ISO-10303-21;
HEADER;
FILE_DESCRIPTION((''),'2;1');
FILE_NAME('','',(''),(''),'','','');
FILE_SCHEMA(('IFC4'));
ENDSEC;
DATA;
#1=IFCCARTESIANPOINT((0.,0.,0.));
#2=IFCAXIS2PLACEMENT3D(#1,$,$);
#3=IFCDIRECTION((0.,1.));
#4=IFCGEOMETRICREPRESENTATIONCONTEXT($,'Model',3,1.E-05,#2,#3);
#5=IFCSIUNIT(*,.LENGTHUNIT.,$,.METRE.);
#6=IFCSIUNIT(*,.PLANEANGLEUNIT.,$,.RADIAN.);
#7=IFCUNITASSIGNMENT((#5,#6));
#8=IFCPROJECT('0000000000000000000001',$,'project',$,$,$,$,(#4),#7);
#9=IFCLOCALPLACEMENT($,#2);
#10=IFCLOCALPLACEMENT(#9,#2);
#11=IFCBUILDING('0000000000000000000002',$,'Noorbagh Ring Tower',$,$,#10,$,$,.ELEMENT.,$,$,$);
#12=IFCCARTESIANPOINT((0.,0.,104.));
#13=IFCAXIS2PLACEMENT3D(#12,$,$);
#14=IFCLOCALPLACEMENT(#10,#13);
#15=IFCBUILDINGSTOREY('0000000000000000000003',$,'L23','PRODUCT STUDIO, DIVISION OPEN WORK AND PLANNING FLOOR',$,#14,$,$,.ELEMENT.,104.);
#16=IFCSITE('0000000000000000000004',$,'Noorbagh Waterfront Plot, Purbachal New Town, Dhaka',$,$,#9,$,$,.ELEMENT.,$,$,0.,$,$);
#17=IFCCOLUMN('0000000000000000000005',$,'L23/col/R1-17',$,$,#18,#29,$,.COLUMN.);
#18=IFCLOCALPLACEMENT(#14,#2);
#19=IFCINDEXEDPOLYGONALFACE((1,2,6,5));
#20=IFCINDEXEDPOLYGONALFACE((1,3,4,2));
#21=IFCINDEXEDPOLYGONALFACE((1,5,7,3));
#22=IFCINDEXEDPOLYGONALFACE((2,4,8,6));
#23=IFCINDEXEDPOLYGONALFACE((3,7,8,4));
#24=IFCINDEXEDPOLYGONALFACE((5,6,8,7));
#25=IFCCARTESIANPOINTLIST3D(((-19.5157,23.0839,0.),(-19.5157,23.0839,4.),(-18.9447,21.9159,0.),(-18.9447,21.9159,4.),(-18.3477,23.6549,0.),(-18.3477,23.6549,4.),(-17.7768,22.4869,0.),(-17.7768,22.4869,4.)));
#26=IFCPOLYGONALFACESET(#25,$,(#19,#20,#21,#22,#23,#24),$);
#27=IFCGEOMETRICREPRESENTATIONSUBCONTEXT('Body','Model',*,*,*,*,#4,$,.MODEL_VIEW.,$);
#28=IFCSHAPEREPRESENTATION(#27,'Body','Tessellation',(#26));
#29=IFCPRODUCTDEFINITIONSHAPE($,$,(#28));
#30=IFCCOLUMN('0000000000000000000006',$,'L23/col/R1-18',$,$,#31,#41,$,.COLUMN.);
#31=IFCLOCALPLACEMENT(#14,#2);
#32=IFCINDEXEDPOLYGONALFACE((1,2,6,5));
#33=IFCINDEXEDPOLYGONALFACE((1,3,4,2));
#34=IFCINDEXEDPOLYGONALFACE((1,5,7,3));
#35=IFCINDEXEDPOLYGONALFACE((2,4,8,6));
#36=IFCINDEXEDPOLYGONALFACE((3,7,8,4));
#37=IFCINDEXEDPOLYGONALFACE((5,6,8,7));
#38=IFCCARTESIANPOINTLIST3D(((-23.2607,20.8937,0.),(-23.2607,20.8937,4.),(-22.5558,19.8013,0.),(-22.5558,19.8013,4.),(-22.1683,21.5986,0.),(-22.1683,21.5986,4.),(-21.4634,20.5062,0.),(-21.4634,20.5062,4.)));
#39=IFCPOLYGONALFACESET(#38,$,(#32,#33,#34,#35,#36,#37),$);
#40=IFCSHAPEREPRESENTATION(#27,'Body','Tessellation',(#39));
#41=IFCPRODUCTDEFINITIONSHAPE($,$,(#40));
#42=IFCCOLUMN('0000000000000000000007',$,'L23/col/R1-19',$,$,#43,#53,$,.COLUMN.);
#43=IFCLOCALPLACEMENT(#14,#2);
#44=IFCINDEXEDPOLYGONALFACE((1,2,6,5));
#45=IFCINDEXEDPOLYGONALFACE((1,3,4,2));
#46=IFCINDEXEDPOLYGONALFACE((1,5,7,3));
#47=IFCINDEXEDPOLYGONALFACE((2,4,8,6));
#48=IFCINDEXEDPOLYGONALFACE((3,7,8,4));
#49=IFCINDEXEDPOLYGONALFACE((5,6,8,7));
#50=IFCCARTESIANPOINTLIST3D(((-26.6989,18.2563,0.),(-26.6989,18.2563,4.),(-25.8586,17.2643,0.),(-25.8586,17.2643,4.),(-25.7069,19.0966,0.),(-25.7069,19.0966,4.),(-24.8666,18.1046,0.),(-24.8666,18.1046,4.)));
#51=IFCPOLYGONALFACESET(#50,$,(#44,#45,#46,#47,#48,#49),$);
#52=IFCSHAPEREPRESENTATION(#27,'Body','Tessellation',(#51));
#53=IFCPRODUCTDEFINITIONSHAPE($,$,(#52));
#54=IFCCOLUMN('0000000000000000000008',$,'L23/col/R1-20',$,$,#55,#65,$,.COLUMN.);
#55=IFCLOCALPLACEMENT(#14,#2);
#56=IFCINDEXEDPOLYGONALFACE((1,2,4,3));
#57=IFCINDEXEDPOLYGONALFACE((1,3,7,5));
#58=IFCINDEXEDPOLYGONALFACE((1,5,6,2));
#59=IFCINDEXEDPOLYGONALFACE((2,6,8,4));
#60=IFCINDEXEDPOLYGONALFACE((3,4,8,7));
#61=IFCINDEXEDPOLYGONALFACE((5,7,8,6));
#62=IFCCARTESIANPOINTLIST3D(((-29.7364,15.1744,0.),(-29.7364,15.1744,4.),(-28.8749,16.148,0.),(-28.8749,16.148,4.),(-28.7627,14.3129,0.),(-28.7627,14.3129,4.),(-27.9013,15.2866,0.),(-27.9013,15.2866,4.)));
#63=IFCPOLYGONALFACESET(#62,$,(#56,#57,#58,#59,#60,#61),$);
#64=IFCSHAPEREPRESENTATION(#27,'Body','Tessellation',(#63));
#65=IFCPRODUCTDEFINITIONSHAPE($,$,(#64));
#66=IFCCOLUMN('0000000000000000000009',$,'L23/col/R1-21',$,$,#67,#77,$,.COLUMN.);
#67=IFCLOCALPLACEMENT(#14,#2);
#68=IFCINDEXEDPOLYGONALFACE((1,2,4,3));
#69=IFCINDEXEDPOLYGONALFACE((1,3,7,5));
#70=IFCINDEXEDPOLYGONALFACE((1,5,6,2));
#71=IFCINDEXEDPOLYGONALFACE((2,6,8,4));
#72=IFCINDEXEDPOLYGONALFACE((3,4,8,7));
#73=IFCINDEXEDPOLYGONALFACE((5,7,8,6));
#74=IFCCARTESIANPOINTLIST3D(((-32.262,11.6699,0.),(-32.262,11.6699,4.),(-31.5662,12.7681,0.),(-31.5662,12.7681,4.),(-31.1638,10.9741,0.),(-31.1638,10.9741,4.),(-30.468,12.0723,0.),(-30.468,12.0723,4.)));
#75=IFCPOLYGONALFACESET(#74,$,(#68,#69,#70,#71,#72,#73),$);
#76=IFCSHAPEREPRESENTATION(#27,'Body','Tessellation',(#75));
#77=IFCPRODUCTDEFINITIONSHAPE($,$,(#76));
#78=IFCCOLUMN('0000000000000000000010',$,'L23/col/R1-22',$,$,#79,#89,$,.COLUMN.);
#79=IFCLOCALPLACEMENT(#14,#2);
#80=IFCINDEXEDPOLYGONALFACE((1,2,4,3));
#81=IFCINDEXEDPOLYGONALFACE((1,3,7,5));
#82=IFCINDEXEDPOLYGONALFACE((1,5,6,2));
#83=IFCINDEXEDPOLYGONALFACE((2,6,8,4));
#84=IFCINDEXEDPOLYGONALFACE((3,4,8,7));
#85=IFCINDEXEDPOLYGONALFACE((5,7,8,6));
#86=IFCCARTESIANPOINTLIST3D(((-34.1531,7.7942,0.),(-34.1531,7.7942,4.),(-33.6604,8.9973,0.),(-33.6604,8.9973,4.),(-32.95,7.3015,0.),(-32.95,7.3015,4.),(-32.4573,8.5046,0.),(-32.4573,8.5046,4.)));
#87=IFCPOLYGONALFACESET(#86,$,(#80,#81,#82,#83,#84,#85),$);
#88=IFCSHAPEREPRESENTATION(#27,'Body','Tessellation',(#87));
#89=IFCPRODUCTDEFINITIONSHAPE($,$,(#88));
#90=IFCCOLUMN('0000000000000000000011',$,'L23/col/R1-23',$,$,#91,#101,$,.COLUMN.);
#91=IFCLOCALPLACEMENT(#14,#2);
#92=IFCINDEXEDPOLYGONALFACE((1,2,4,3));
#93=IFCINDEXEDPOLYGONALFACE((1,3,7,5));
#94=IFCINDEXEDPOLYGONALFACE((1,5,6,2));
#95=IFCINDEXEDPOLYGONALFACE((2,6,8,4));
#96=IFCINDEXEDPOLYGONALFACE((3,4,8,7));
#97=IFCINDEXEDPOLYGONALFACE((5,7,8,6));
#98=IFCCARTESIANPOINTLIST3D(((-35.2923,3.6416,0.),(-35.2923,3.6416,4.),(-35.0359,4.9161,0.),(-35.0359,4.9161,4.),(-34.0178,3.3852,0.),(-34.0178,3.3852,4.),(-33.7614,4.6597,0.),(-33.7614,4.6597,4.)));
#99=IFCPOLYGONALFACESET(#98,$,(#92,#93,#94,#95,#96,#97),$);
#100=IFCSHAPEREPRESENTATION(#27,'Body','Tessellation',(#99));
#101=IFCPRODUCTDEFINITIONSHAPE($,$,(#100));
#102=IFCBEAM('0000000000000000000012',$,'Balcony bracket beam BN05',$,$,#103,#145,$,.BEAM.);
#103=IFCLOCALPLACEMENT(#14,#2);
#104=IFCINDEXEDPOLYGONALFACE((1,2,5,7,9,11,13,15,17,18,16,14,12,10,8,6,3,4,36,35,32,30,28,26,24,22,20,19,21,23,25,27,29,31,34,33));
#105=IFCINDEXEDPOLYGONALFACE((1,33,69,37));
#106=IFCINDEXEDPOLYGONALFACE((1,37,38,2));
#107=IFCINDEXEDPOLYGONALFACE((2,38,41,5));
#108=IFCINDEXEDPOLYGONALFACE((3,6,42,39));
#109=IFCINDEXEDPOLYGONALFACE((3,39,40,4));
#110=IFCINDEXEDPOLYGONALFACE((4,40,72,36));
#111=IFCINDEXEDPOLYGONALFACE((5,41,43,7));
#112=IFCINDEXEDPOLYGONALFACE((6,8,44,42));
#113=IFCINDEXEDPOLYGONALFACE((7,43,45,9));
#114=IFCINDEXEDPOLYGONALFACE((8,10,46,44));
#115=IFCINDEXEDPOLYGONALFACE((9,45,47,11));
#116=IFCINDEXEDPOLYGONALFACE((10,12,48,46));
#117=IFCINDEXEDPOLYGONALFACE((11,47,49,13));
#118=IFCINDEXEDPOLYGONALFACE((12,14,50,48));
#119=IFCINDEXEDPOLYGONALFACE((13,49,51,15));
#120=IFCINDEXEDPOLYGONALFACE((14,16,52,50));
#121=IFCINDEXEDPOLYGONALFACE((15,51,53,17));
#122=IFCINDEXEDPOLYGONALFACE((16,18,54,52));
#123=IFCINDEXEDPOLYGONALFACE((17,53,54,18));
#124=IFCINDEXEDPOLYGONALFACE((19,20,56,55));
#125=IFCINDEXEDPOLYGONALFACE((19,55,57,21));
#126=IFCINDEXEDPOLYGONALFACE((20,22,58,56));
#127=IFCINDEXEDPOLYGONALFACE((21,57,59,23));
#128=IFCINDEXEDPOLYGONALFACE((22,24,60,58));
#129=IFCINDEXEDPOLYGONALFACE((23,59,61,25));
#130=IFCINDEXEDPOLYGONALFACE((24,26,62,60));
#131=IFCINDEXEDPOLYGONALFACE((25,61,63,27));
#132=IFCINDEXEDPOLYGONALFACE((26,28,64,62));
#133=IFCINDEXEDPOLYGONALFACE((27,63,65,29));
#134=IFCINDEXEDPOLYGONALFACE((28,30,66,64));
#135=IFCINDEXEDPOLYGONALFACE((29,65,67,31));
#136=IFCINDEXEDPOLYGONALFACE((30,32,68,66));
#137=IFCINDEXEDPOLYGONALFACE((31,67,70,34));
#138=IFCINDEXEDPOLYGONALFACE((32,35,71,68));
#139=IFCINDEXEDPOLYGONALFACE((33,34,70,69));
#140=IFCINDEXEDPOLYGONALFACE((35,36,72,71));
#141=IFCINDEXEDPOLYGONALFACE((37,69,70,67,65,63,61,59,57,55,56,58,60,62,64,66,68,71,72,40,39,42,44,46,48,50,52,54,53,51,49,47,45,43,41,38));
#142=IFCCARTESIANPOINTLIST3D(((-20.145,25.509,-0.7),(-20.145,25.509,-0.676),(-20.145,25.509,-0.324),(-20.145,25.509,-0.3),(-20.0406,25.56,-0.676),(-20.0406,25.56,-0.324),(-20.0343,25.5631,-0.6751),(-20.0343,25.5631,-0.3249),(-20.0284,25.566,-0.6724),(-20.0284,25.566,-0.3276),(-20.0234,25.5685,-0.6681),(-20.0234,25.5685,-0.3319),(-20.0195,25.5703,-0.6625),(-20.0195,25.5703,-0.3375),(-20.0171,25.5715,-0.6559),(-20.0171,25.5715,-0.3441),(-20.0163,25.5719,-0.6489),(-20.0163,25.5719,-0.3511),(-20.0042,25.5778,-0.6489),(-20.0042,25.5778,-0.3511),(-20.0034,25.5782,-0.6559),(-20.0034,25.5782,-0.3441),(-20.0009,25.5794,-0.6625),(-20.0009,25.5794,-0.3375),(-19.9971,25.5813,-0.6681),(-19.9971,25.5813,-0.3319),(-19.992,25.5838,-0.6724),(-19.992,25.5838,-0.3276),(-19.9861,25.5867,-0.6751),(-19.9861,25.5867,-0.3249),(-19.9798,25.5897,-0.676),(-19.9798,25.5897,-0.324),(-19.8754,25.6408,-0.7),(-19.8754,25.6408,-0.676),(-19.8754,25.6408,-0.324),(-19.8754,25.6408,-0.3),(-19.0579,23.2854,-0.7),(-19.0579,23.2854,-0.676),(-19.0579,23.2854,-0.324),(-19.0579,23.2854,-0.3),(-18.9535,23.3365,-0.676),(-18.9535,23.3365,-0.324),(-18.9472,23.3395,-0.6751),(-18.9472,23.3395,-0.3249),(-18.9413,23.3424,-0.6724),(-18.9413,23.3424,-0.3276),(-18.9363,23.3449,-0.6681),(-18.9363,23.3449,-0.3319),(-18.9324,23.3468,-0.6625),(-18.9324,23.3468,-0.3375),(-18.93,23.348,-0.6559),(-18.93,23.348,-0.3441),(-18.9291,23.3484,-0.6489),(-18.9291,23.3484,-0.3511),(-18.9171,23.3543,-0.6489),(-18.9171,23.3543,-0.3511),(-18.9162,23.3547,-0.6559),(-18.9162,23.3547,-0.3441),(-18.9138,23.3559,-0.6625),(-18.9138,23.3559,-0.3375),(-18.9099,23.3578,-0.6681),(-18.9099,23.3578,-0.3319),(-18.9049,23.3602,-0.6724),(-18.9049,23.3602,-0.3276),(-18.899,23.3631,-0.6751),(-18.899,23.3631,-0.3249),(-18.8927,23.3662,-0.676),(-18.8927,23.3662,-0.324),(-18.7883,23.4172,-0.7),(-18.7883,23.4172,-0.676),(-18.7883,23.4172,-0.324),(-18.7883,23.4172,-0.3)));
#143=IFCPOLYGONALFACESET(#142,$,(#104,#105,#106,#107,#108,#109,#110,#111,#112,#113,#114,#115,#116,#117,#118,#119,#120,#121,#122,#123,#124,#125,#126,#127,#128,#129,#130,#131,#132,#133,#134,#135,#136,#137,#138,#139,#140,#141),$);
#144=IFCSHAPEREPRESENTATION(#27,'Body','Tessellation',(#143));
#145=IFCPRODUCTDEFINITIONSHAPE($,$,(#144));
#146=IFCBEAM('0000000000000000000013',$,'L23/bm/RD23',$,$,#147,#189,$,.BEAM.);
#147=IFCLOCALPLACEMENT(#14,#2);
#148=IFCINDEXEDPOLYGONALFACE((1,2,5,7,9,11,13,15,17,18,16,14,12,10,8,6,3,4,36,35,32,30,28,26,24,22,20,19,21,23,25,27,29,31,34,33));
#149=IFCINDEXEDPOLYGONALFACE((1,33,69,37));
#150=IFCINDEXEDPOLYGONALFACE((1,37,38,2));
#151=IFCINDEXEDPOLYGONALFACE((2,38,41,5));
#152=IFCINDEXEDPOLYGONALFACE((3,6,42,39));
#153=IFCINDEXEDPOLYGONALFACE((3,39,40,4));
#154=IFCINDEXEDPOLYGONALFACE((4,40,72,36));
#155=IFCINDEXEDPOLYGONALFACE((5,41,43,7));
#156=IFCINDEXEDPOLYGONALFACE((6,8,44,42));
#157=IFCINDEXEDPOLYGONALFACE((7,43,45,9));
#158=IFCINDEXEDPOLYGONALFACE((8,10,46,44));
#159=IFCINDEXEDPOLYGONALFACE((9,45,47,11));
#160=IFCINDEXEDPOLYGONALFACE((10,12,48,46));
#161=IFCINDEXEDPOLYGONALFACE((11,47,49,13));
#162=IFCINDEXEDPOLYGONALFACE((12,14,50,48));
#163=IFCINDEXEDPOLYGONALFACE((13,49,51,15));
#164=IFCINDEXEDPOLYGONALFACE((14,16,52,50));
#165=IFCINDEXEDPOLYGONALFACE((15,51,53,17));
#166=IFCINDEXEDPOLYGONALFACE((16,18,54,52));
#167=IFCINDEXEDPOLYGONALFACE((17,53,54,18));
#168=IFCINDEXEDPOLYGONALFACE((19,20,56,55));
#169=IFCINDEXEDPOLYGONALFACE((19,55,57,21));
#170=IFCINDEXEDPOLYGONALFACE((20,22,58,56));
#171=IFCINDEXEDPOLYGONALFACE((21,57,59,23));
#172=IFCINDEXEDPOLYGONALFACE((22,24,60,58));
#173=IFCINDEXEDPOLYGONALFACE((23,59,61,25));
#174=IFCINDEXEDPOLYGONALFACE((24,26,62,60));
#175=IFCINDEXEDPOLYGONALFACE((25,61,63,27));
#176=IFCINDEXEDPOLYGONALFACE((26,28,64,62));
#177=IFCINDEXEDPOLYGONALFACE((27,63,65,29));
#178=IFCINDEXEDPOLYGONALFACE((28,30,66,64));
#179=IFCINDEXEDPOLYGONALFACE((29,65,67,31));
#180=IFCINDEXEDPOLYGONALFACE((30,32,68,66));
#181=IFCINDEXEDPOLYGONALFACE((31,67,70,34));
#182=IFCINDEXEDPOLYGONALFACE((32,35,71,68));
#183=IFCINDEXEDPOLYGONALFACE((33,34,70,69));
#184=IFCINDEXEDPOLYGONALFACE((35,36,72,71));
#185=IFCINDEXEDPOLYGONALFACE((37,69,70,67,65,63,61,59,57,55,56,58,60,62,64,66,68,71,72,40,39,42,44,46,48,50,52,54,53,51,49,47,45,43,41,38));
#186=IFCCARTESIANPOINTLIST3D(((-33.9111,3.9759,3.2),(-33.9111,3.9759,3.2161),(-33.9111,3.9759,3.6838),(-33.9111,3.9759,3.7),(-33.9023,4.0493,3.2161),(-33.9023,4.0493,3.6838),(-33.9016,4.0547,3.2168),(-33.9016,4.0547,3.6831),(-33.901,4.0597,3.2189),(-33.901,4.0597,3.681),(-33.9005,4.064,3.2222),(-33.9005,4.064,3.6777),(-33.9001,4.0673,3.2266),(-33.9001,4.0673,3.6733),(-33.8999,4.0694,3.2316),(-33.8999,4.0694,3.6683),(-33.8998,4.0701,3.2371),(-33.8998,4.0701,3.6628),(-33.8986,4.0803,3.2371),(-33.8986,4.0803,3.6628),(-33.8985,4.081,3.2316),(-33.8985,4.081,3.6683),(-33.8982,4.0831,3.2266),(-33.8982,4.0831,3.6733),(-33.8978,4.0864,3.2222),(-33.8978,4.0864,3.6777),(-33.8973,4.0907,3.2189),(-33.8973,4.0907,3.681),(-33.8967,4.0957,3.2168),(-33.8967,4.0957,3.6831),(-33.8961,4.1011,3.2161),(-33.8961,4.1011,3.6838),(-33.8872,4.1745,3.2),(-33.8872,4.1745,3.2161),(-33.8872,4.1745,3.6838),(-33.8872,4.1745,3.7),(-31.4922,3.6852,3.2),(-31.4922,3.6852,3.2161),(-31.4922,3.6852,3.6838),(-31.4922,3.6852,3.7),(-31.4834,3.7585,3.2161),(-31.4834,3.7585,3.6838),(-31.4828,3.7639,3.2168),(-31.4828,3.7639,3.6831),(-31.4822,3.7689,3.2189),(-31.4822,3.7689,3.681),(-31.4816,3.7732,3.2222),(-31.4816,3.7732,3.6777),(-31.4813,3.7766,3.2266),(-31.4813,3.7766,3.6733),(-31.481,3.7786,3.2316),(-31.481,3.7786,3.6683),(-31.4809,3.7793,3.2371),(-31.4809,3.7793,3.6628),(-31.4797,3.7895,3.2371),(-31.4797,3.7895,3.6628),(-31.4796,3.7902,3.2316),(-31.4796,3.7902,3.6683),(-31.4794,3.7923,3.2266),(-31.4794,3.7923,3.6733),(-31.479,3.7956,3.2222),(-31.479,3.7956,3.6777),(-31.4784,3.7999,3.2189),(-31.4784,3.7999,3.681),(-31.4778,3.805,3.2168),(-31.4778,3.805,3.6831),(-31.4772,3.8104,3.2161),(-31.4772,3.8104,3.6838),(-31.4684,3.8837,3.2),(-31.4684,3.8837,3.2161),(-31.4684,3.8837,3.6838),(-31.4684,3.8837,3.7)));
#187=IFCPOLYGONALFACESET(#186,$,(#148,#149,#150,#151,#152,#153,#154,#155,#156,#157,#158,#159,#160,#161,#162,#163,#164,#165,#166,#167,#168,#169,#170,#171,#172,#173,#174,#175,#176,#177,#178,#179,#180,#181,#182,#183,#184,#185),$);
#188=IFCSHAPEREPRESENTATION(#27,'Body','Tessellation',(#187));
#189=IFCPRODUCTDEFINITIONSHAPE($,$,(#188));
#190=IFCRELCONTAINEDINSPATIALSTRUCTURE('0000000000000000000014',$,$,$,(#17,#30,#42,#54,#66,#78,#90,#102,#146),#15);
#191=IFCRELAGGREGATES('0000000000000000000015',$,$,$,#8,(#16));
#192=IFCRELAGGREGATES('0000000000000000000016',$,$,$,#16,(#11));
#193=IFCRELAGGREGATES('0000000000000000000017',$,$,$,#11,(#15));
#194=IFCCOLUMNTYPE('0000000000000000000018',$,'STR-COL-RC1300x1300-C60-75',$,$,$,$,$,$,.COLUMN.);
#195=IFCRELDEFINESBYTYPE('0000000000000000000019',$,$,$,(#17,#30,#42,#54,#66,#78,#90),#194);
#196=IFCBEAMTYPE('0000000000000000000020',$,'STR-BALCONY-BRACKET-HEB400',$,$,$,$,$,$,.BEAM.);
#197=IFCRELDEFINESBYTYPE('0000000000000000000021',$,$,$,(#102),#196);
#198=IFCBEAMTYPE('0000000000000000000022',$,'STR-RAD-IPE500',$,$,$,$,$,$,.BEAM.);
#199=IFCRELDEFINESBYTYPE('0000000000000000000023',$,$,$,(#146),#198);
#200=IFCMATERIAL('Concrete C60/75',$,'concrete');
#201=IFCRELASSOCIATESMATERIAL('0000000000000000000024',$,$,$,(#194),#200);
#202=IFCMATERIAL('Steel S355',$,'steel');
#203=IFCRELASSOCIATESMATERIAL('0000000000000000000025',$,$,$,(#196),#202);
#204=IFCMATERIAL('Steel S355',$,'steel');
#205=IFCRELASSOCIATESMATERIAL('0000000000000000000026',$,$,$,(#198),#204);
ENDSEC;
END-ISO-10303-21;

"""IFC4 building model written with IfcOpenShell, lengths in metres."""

from ifc_helpers import new_model, si_unit, direction, frame, origin, origin_2d, place, context, subcontext, project, spatial, rectangle, i_section, extrude, material, material_profile, profile_set, type_object, element, save


model = new_model("IFC4")

# Units and contexts
model_context = context("Model", 3, precision=1e-05, world=origin(), true_north=direction((0.0, 1.0)))
body_context = subcontext(model_context, "Body", "Model", "MODEL_VIEW")
ifc_project = project(units=[si_unit("LENGTHUNIT", "METRE"), si_unit("PLANEANGLEUNIT", "RADIAN")], contexts=[model_context])

# Site, building, storey
site_placement = place(None, origin())
site = spatial("IfcSite", under=ifc_project, at=site_placement, Name="Noorbagh Waterfront Plot, Purbachal New Town, Dhaka", CompositionType="ELEMENT", RefElevation=0.0)
building_placement = place(site_placement, origin())
building = spatial("IfcBuilding", under=site, at=building_placement, Name="Noorbagh Ring Tower", CompositionType="ELEMENT")
storey_placement = place(building_placement, frame((0.0, 0.0, 104.0)))
storey = spatial("IfcBuildingStorey", under=building, at=storey_placement, Name="L23", Description="PRODUCT STUDIO, DIVISION OPEN WORK AND PLANNING FLOOR", CompositionType="ELEMENT", Elevation=104.0)

# Columns
ifc_material_1 = material(Name="Concrete C60/75", Category="concrete")
ifc_material_profile_1 = material_profile(ifc_material_1, rectangle(XDim=1.3, YDim=1.3, at=origin_2d()), Name="RC1300x1300")
ifc_profile_set_1 = profile_set([ifc_material_profile_1], Name="Concrete C60/75")
column_type = type_object("IfcColumnType", Name="STR-COL-RC1300x1300-C60-75", PredefinedType="COLUMN", material=ifc_profile_set_1)
for number, where, z_axis, x_axis, name in (
    (1, (-18.6462, 22.7854, 0.0), (0.0, 0.0, 1.0), (-0.898399, -0.43918, 0.0), "L23/col/R1-17"),
    (2, (-22.3621, 20.7, 0.0), (0.0, 0.0, 1.0), (-0.840248, -0.542203, 0.0), "L23/col/R1-18"),
    (3, (-25.7827, 18.1804, 0.0), (0.0, 0.0, 1.0), (-0.763035, -0.646357, 0.0), "L23/col/R1-19"),
    (4, (-28.8188, 15.2305, 0.0), (0.0, 0.0, 1.0), (-0.662636, -0.748942, 0.0), "L23/col/R1-20"),
    (5, (-31.365, 11.8711, 0.0), (0.0, 0.0, 1.0), (-0.53519, -0.844731, 0.0), "L23/col/R1-21"),
    (6, (-33.3052, 8.1494, 0.0), (0.0, 0.0, 1.0), (-0.378989, -0.925401, 0.0), "L23/col/R1-22"),
    (7, (-34.5269, 4.1506, 0.0), (0.0, 0.0, 1.0), (-0.19723, -0.980357, 0.0), "L23/col/R1-23"),
):
    element("IfcColumn", number, at=place(storey_placement, frame(where, z_axis=z_axis, x_axis=x_axis)), inside=storey, type_object=column_type, Name=name, PredefinedType="COLUMN", context=body_context, shape_type="SweptSolid", body=[
        extrude(rectangle(XDim=1.3, YDim=1.3, at=origin_2d()), origin(), (0.0, 0.0, 1.0), 4.0),
    ])

# Beams
ifc_material_2 = material(Name="Steel S355", Category="steel")
ifc_material_profile_2 = material_profile(ifc_material_2, i_section(OverallWidth=0.3, OverallDepth=0.3999, WebThickness=0.0134, FlangeThickness=0.0239, FilletRadius=0.0271, at=origin_2d()), Name="HEB400")
ifc_profile_set_2 = profile_set([ifc_material_profile_2], Name="Steel S355")
beam_type_1 = type_object("IfcBeamType", Name="STR-BALCONY-BRACKET-HEB400", PredefinedType="BEAM", material=ifc_profile_set_2)
beam_1_placement = place(storey_placement, frame((-18.9231, 23.3513, -0.5), z_axis=(-0.439226, 0.898377, 0.0), x_axis=(-0.898377, -0.439226, 0.0)))
element("IfcBeam", 8, at=beam_1_placement, inside=storey, type_object=beam_type_1, Name="Balcony bracket beam BN05", PredefinedType="BEAM", context=body_context, shape_type="SweptSolid", body=[
    extrude(i_section(OverallWidth=0.3, OverallDepth=0.3999, WebThickness=0.0134, FlangeThickness=0.0239, FilletRadius=0.0271, at=origin_2d()), origin(), (0.0, 0.0, 1.0), 2.4751),
])
ifc_material_3 = material(Name="Steel S355", Category="steel")
ifc_material_profile_3 = material_profile(ifc_material_3, i_section(OverallWidth=0.2, OverallDepth=0.5, WebThickness=0.0103, FlangeThickness=0.0161, FilletRadius=0.021, at=origin_2d()), Name="IPE500")
ifc_profile_set_3 = profile_set([ifc_material_profile_3], Name="Steel S355")
beam_type_2 = type_object("IfcBeamType", Name="STR-RAD-IPE500", PredefinedType="BEAM", material=ifc_profile_set_3)
beam_2_placement = place(storey_placement, frame((-33.8992, 4.0752, 3.45), z_axis=(0.992853, -0.119347, 0.0), x_axis=(0.119347, 0.992853, 0.0)))
element("IfcBeam", 9, at=beam_2_placement, inside=storey, type_object=beam_type_2, Name="L23/bm/RD23", PredefinedType="BEAM", context=body_context, shape_type="SweptSolid", body=[
    extrude(i_section(OverallWidth=0.2, OverallDepth=0.5, WebThickness=0.0103, FlangeThickness=0.0161, FilletRadius=0.021, at=origin_2d()), origin(), (0.0, 0.0, 1.0), 2.4363),
])

save(model, "model.ifc")
